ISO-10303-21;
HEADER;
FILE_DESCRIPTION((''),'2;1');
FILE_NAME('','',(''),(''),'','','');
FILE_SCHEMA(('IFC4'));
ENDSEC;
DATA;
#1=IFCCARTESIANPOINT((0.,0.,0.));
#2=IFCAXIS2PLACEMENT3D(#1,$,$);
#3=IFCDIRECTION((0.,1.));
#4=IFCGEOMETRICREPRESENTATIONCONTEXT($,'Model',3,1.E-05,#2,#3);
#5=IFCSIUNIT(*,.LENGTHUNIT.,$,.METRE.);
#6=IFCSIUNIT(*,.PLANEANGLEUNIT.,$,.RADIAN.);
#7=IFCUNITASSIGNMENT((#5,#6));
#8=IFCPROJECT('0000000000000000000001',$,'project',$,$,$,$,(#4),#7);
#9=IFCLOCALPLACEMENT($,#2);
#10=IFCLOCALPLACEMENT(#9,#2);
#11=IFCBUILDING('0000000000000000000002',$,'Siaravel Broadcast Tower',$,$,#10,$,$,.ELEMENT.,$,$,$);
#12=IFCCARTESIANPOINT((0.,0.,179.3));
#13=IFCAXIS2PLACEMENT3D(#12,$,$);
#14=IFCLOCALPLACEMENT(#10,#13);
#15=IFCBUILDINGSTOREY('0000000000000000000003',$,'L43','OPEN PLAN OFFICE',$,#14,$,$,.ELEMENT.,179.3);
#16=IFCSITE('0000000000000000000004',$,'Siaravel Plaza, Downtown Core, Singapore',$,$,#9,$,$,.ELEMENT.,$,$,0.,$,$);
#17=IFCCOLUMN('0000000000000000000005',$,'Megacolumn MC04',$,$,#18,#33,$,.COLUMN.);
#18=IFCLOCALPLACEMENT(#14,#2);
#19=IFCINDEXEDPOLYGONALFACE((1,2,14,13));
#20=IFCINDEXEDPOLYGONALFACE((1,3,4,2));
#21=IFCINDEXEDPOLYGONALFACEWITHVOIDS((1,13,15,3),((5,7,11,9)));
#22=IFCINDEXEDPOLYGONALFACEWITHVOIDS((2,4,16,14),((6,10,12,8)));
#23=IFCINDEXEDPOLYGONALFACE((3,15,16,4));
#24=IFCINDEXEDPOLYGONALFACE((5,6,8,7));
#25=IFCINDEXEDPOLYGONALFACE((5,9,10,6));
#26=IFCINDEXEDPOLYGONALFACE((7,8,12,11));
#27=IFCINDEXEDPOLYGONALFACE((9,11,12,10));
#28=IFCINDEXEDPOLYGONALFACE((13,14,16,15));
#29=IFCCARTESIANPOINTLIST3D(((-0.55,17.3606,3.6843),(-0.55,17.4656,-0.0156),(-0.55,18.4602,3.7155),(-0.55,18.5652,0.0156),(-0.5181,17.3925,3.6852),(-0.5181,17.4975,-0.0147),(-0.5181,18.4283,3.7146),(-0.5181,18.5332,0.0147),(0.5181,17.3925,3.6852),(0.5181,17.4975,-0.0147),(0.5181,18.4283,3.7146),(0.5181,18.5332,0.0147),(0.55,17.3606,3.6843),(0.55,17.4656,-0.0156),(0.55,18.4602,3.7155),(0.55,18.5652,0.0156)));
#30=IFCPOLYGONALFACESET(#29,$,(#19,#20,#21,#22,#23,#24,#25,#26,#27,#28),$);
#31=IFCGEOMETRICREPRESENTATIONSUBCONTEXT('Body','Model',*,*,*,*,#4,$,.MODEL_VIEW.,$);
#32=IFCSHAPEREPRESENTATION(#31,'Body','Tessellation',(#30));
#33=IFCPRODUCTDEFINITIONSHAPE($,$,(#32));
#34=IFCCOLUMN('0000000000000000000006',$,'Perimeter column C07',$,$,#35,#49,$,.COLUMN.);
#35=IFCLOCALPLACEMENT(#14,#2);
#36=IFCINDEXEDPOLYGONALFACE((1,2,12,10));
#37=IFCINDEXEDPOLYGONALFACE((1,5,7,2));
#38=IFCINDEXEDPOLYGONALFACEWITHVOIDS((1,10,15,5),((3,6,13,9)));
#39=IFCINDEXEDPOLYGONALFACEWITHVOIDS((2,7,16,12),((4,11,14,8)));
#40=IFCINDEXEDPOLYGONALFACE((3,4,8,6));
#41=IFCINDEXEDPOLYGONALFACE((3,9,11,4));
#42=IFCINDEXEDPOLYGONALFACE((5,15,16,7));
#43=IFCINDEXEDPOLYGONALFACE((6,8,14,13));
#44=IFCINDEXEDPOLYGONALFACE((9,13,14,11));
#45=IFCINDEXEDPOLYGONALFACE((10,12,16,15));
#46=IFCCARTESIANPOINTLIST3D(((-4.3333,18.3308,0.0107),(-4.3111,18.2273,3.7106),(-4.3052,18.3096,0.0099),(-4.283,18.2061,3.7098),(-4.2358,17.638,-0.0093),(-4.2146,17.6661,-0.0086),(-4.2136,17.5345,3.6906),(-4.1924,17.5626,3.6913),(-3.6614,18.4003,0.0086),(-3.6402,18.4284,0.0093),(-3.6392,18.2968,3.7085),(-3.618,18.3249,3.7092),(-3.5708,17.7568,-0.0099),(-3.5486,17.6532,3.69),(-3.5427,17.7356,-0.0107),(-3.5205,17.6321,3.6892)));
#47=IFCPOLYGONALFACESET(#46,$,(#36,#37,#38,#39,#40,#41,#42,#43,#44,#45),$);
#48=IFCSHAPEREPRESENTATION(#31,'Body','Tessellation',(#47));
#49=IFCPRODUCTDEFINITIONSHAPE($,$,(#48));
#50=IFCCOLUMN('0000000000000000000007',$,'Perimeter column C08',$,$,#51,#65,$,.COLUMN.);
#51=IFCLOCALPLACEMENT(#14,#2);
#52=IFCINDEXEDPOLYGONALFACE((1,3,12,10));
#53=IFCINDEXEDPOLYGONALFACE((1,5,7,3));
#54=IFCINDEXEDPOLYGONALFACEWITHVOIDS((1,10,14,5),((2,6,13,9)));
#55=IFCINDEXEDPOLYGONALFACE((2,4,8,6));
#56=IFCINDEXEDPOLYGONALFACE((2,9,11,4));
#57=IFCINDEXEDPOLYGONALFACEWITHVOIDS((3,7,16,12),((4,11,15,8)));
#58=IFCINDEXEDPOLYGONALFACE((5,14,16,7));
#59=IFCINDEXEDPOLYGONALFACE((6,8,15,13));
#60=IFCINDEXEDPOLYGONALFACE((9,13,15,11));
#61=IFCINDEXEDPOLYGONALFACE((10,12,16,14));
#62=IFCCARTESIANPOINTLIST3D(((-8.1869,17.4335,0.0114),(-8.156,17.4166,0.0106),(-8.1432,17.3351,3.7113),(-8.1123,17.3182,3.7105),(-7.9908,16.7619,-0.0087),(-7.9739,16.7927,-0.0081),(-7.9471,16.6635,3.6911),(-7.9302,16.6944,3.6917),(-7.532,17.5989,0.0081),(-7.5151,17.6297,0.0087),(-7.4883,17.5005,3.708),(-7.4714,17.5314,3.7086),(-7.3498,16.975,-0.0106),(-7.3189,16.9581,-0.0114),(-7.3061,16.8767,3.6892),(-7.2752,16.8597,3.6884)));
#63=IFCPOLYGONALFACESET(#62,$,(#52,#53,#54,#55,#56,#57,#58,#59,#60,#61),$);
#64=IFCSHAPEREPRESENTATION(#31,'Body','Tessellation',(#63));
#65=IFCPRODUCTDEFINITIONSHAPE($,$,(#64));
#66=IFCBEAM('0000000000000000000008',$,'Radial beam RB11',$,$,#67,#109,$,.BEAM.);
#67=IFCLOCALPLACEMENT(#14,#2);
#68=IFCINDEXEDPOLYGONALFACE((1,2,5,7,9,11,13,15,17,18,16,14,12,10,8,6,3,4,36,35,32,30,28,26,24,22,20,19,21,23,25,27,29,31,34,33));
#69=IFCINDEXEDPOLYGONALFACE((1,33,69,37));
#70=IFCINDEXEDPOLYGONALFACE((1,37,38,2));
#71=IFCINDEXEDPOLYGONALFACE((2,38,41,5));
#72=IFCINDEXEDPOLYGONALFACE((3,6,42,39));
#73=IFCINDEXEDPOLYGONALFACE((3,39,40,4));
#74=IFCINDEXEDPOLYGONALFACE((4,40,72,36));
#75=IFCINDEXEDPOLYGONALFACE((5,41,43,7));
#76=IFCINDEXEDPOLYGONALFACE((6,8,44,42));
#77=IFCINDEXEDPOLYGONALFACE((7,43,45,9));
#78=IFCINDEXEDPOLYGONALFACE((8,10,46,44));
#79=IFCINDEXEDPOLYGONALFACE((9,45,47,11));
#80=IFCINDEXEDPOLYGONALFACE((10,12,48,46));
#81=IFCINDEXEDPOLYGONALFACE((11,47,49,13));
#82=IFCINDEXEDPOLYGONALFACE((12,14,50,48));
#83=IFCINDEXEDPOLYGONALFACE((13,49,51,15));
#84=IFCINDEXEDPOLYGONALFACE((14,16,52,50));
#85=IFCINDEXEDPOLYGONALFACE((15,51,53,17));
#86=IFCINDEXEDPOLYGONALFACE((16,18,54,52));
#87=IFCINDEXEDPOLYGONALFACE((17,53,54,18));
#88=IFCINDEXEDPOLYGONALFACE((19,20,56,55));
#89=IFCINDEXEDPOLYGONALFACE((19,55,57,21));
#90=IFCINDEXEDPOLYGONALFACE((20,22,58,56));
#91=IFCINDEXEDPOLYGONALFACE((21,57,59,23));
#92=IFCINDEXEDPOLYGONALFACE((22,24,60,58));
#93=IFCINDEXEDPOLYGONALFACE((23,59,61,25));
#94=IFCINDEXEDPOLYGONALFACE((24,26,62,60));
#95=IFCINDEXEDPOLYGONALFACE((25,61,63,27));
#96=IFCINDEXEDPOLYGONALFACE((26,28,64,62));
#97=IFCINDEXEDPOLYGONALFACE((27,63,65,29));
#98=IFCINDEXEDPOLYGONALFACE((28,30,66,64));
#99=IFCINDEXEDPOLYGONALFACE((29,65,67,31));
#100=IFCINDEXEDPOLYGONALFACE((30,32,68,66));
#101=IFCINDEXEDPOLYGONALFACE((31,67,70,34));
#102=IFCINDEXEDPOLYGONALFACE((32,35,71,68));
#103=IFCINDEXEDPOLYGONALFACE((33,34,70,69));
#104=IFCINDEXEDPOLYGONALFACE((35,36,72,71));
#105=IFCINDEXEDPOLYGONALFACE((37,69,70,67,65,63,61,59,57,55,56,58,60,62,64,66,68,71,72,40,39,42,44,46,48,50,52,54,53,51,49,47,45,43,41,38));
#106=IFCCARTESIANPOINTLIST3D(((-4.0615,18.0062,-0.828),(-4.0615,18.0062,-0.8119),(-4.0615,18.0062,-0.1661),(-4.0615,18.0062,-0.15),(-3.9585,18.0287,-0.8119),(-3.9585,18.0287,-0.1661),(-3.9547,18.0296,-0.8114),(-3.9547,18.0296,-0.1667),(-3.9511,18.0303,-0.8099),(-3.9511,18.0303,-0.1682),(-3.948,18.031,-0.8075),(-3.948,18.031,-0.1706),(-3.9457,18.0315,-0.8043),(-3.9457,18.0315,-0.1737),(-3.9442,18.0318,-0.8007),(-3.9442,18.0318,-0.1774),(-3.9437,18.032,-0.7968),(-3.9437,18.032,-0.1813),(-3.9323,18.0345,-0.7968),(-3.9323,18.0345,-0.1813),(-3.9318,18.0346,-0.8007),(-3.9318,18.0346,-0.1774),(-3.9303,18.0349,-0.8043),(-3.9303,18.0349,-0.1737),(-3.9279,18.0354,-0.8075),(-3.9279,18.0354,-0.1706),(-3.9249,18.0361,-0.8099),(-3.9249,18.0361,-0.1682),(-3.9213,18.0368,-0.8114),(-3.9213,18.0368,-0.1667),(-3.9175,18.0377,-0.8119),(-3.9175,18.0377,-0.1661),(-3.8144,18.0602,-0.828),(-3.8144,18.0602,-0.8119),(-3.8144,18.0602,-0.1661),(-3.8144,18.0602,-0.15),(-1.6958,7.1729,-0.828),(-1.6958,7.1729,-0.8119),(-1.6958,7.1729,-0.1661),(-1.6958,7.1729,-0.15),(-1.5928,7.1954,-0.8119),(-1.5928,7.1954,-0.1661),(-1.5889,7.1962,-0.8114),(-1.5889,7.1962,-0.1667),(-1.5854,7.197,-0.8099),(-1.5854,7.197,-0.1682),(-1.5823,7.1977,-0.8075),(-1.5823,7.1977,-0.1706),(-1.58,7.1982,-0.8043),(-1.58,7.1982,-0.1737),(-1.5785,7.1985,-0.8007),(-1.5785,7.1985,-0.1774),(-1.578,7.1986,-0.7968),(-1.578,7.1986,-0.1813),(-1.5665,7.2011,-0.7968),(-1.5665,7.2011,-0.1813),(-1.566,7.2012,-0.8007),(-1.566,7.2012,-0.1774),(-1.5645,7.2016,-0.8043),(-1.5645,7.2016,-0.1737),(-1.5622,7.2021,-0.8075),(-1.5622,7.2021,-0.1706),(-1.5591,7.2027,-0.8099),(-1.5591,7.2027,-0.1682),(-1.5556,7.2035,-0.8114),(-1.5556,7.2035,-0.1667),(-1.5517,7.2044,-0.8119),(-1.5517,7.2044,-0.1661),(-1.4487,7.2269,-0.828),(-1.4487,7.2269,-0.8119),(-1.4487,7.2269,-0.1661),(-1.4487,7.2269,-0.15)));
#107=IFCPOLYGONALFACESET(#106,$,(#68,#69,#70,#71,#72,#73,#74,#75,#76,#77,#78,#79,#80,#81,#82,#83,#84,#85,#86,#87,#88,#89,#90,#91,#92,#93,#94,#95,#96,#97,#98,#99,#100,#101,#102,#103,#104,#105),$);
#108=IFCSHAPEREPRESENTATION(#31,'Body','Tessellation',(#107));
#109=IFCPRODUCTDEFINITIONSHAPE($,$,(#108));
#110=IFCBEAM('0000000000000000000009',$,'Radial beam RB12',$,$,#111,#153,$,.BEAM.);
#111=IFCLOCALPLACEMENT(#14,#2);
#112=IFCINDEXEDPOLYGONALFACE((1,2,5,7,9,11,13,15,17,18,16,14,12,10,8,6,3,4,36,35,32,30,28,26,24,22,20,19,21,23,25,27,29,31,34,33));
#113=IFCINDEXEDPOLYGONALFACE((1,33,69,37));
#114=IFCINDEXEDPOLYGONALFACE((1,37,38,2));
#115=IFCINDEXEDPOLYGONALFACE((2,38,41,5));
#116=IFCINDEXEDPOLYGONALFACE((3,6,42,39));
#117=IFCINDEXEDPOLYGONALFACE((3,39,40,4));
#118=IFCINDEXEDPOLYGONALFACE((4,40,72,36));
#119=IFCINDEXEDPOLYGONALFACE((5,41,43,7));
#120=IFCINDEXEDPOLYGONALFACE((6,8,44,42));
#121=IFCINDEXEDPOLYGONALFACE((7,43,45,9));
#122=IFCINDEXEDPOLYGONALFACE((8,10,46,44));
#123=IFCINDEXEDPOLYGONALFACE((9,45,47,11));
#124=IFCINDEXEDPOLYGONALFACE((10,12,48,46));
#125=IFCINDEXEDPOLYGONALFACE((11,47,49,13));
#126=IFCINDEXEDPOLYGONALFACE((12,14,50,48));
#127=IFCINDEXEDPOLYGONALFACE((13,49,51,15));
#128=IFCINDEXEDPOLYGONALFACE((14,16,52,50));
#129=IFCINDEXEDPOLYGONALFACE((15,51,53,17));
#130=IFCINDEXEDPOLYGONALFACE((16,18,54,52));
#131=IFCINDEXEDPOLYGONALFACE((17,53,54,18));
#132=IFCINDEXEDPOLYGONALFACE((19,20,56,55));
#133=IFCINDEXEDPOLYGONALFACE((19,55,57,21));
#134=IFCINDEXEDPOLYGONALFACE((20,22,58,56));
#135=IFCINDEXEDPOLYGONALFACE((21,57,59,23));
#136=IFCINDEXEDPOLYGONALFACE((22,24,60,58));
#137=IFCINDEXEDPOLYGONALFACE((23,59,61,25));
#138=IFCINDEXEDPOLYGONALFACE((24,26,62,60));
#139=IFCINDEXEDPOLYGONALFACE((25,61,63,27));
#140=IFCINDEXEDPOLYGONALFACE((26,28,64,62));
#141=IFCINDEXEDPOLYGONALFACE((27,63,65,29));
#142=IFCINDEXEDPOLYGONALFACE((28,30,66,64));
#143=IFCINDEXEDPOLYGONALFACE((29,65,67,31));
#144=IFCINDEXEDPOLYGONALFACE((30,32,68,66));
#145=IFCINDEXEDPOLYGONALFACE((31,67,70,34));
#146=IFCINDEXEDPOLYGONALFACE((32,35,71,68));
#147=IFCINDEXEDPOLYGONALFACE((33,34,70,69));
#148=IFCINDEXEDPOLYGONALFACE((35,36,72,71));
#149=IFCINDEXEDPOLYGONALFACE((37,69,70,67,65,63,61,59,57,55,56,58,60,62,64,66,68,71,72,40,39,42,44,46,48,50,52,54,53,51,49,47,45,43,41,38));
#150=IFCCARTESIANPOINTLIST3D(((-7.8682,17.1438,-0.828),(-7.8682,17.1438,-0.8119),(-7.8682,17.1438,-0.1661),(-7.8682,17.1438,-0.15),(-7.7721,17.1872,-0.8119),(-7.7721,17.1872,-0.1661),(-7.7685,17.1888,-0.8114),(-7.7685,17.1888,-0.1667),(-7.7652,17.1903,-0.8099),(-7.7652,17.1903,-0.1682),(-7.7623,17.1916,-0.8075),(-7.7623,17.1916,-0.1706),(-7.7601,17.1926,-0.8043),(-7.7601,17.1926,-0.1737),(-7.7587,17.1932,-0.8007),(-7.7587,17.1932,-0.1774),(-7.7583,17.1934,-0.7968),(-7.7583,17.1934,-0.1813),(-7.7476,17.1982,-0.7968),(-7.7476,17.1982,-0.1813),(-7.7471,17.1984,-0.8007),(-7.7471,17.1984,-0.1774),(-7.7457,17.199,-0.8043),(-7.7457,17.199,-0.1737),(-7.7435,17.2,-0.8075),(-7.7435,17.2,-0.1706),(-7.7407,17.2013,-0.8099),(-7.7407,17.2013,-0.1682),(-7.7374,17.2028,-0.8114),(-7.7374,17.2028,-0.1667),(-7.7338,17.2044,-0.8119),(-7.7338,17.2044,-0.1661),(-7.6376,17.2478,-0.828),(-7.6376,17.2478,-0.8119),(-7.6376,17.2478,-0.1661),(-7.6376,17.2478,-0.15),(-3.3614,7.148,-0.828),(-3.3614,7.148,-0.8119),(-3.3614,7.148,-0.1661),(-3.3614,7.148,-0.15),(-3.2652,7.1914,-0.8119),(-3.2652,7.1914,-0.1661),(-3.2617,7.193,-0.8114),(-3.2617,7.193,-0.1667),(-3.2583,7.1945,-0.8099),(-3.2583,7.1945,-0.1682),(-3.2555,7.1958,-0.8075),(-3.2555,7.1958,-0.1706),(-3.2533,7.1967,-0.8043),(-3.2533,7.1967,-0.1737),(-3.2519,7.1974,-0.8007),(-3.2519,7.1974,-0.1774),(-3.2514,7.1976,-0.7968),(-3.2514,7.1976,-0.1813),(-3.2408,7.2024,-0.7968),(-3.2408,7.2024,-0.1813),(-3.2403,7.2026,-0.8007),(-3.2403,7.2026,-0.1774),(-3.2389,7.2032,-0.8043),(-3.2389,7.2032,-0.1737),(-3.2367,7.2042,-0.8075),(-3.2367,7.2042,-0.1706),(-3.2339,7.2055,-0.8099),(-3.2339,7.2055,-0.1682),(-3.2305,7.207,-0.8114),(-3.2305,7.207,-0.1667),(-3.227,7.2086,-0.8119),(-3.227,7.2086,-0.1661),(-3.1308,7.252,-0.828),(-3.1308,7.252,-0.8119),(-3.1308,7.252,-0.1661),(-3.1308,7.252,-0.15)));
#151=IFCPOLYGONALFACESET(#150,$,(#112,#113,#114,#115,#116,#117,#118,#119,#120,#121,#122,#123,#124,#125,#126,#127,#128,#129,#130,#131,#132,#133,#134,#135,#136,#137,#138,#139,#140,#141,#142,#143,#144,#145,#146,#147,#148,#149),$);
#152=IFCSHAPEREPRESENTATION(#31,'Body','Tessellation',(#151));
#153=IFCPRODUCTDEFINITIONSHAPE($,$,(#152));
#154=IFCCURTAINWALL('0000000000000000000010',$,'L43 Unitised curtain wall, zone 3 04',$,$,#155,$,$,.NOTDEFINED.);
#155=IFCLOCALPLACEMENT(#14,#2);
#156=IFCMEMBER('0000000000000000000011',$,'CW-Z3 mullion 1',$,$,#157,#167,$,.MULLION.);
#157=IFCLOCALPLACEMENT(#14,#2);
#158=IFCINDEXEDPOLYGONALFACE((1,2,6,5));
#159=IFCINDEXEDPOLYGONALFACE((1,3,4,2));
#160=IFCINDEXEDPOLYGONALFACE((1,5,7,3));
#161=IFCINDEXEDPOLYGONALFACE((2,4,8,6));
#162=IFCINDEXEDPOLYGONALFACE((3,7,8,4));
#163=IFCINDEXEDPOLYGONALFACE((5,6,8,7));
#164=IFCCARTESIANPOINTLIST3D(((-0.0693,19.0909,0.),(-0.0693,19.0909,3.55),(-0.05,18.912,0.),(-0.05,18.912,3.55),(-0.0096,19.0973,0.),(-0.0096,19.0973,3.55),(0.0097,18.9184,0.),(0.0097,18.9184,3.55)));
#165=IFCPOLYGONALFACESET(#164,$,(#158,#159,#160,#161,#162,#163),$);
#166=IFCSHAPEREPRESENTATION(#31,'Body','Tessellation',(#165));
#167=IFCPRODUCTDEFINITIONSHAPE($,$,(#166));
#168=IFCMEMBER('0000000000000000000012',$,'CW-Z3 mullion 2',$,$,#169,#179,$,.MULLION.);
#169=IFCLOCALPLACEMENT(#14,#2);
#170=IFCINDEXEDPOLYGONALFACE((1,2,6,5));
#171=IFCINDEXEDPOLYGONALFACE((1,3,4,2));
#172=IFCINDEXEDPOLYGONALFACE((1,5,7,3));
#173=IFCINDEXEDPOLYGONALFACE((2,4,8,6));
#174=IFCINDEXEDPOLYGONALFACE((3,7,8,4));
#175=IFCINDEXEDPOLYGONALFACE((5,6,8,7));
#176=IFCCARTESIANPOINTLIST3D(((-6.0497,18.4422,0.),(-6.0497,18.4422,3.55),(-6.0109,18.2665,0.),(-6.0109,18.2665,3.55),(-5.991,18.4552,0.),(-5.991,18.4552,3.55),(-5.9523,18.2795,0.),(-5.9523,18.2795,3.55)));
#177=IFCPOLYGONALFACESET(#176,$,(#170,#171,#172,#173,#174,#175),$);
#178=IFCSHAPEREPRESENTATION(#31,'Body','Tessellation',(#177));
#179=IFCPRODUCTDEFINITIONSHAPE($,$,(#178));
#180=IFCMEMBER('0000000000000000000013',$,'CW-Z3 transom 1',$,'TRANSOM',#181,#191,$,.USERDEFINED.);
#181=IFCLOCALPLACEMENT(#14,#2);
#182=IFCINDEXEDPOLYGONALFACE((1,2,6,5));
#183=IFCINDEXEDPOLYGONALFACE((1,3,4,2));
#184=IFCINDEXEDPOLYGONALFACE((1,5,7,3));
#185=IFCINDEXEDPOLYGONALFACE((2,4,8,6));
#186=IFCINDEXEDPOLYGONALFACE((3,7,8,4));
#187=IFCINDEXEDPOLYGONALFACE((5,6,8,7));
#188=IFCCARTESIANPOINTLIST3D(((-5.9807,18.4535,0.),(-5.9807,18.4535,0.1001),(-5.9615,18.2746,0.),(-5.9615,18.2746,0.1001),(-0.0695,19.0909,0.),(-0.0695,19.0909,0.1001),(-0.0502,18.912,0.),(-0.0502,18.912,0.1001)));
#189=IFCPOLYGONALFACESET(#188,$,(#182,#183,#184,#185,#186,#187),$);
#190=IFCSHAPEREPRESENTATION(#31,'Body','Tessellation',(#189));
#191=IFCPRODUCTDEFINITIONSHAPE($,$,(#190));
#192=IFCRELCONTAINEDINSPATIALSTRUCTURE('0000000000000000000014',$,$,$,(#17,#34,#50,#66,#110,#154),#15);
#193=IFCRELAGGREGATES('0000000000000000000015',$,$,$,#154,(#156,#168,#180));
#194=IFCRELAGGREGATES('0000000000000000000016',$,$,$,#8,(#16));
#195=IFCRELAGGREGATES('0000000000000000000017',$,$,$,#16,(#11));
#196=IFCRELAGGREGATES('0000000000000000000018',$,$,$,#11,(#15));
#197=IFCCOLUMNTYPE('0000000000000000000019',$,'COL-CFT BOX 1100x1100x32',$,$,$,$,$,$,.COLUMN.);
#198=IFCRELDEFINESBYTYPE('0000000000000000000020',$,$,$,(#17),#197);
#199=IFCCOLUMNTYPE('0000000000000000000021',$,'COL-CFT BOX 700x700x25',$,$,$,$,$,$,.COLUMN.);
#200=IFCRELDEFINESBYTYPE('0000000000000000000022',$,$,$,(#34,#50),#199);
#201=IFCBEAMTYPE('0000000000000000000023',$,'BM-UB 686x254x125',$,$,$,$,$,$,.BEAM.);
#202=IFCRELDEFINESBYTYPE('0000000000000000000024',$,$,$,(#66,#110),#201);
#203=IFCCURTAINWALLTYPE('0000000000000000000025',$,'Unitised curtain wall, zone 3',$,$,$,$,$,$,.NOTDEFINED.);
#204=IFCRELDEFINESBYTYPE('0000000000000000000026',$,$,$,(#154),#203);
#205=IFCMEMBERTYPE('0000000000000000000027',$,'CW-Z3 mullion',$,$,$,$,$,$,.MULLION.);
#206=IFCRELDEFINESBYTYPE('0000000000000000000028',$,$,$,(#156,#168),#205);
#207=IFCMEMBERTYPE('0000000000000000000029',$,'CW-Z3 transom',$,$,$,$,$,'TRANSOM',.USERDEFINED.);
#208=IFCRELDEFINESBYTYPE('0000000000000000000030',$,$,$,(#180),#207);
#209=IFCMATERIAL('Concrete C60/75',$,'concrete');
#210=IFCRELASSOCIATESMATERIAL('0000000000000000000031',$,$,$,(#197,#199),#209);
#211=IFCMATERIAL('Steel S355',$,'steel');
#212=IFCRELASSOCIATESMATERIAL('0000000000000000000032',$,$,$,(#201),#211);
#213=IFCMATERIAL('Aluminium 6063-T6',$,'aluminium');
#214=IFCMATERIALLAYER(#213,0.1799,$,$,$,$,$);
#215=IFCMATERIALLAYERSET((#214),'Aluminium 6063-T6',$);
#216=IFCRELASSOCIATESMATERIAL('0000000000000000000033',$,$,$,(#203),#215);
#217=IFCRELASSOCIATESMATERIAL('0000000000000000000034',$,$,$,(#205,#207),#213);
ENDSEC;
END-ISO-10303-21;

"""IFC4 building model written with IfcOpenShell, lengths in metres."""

from ifc_helpers import new_model, si_unit, direction, frame, origin, origin_2d, place, context, subcontext, project, spatial, rectangle, hollow_rectangle, i_section, extrude, material, layer, layer_set, material_profile, profile_set, type_object, element, aggregate, save


model = new_model("IFC4")

# Units and contexts
model_context = context("Model", 3, precision=1e-05, world=origin(), true_north=direction((0.0, 1.0)))
body_context = subcontext(model_context, "Body", "Model", "MODEL_VIEW")
ifc_project = project(units=[si_unit("LENGTHUNIT", "METRE"), si_unit("PLANEANGLEUNIT", "RADIAN")], contexts=[model_context])

# Site, building, storey
site_placement = place(None, origin())
site = spatial("IfcSite", under=ifc_project, at=site_placement, Name="Siaravel Plaza, Downtown Core, Singapore", CompositionType="ELEMENT", RefElevation=0.0)
building_placement = place(site_placement, origin())
building = spatial("IfcBuilding", under=site, at=building_placement, Name="Siaravel Broadcast Tower", CompositionType="ELEMENT")
storey_placement = place(building_placement, frame((0.0, 0.0, 179.3)))
storey = spatial("IfcBuildingStorey", under=building, at=storey_placement, Name="L43", Description="OPEN PLAN OFFICE", CompositionType="ELEMENT", Elevation=179.3)

# Columns
ifc_material_1 = material(Name="Concrete C60/75", Category="concrete")
ifc_material_profile_1 = material_profile(ifc_material_1, hollow_rectangle(XDim=1.1001, YDim=1.1001, WallThickness=0.032, at=origin_2d()))
ifc_profile_set_1 = profile_set([ifc_material_profile_1], Name="Concrete C60/75")
column_type_1 = type_object("IfcColumnType", Name="COL-CFT BOX 1100x1100x32", PredefinedType="COLUMN", material=ifc_profile_set_1)
column_placement = place(storey_placement, frame((0.0, 18.0154, 0.0), z_axis=(0.0, -0.028362, 0.999598), x_axis=(1.0, 0.0, 0.0)))
element("IfcColumn", 1, at=column_placement, inside=storey, type_object=column_type_1, Name="Megacolumn MC04", PredefinedType="COLUMN", context=body_context, shape_type="SweptSolid", body=[
    extrude(hollow_rectangle(XDim=1.1001, YDim=1.1001, WallThickness=0.032, at=origin_2d()), origin(), (0.0, 0.0, 1.0), 3.7014),
])
ifc_material_profile_2 = material_profile(ifc_material_1, hollow_rectangle(XDim=0.7, YDim=0.7, WallThickness=0.0249, at=origin_2d()))
ifc_profile_set_2 = profile_set([ifc_material_profile_2], Name="Concrete C60/75")
column_type_2 = type_object("IfcColumnType", Name="COL-CFT BOX 700x700x25", PredefinedType="COLUMN", material=ifc_profile_set_2)
for number, where, z_axis, x_axis, name in (
    (2, (-3.938, 18.0332, 0.0), (0.006002, -0.027966, 0.999591), (0.99023, 0.13943, -0.002045), "Perimeter column C07"),
    (3, (-7.7529, 17.1958, 0.0), (0.011806, -0.026581, 0.999577), (0.959874, 0.280405, -0.003881), "Perimeter column C08"),
):
    element("IfcColumn", number, at=place(storey_placement, frame(where, z_axis=z_axis, x_axis=x_axis)), inside=storey, type_object=column_type_2, Name=name, PredefinedType="COLUMN", context=body_context, shape_type="SweptSolid", body=[
        extrude(hollow_rectangle(XDim=0.7, YDim=0.7, WallThickness=0.0249, at=origin_2d()), origin(), (0.0, 0.0, 1.0), 3.7014),
    ])

# Beams
ifc_material_2 = material(Name="Steel S355", Category="steel")
ifc_material_profile_3 = material_profile(ifc_material_2, i_section(OverallWidth=0.2529, OverallDepth=0.678, WebThickness=0.0117, FlangeThickness=0.0161, FilletRadius=0.0151, at=origin_2d()))
ifc_profile_set_3 = profile_set([ifc_material_profile_3], Name="Steel S355")
beam_type = type_object("IfcBeamType", Name="BM-UB 686x254x125", PredefinedType="BEAM", material=ifc_profile_set_3)
beam_1_placement = place(storey_placement, frame((-3.938, 18.0332, -0.489), z_axis=(0.213348, -0.976976, 0.0), x_axis=(0.976976, 0.213348, 0.0)))
element("IfcBeam", 4, at=beam_1_placement, inside=storey, type_object=beam_type, Name="Radial beam RB11", PredefinedType="BEAM", context=body_context, shape_type="SweptSolid", body=[
    extrude(i_section(OverallWidth=0.2529, OverallDepth=0.678, WebThickness=0.0117, FlangeThickness=0.0161, FilletRadius=0.0151, at=origin_2d()), origin(), (0.0, 0.0, 1.0), 11.0886),
])
beam_2_placement = place(storey_placement, frame((-7.7529, 17.1958, -0.489), z_axis=(0.411025, -0.911624, 0.0), x_axis=(0.911624, 0.411025, 0.0)))
element("IfcBeam", 5, at=beam_2_placement, inside=storey, type_object=beam_type, Name="Radial beam RB12", PredefinedType="BEAM", context=body_context, shape_type="SweptSolid", body=[
    extrude(i_section(OverallWidth=0.2529, OverallDepth=0.678, WebThickness=0.0117, FlangeThickness=0.0161, FilletRadius=0.0151, at=origin_2d()), origin(), (0.0, 0.0, 1.0), 10.9648),
])

# Curtain wall, members
ifc_material_3 = material(Name="Aluminium 6063-T6", Category="aluminium")
ifc_layer_1 = layer(ifc_material_3, 0.1799)
ifc_layer_set_1 = layer_set([ifc_layer_1], Name="Aluminium 6063-T6")
curtain_wall_type = type_object("IfcCurtainWallType", Name="Unitised curtain wall, zone 3", PredefinedType="NOTDEFINED", material=ifc_layer_set_1)
curtain_wall_placement = place(storey_placement, origin())
curtain_wall = element("IfcCurtainWall", 6, at=curtain_wall_placement, inside=storey, type_object=curtain_wall_type, Name="L43 Unitised curtain wall, zone 3 04", PredefinedType="NOTDEFINED")
ifc_material_profile_4 = material_profile(ifc_material_3, rectangle(XDim=0.1799, YDim=0.0601, at=origin_2d()))
ifc_profile_set_4 = profile_set([ifc_material_profile_4], Name="Aluminium 6063-T6")
member_type_1 = type_object("IfcMemberType", Name="CW-Z3 mullion", PredefinedType="MULLION", material=ifc_profile_set_4)
member_1_placement = place(storey_placement, frame((-0.0298, 19.0046, 0.0), z_axis=(0.0, 0.0, 1.0), x_axis=(0.107217, -0.994236, 0.0)))
member_1 = element("IfcMember", 7, at=member_1_placement, type_object=member_type_1, Name="CW-Z3 mullion 1", PredefinedType="MULLION", context=body_context, shape_type="SweptSolid", body=[
    extrude(rectangle(XDim=0.1799, YDim=0.0601, at=origin_2d()), origin(), (0.0, 0.0, 1.0), 3.55),
])
member_2_placement = place(storey_placement, frame((-6.001, 18.3608, 0.0), z_axis=(0.0, 0.0, 1.0), x_axis=(0.215558, -0.976491, 0.0)))
member_2 = element("IfcMember", 8, at=member_2_placement, type_object=member_type_1, Name="CW-Z3 mullion 2", PredefinedType="MULLION", context=body_context, shape_type="SweptSolid", body=[
    extrude(rectangle(XDim=0.1799, YDim=0.0601, at=origin_2d()), origin(), (0.0, 0.0, 1.0), 3.55),
])
ifc_material_profile_5 = material_profile(ifc_material_3, rectangle(XDim=0.1799, YDim=0.1001, at=origin_2d()))
ifc_profile_set_5 = profile_set([ifc_material_profile_5], Name="Aluminium 6063-T6")
member_type_2 = type_object("IfcMemberType", Name="CW-Z3 transom", ElementType="TRANSOM", PredefinedType="USERDEFINED", material=ifc_profile_set_5)
member_3_placement = place(storey_placement, frame((-0.0598, 19.0015, 0.05), z_axis=(-0.994236, -0.107213, 0.0), x_axis=(0.107213, -0.994236, 0.0)))
member_3 = element("IfcMember", 9, at=member_3_placement, type_object=member_type_2, Name="CW-Z3 transom 1", ObjectType="TRANSOM", PredefinedType="USERDEFINED", context=body_context, shape_type="SweptSolid", body=[
    extrude(rectangle(XDim=0.1799, YDim=0.1001, at=origin_2d()), origin(), (0.0, 0.0, 1.0), 5.9456),
])

aggregate(curtain_wall, [member_1, member_2, member_3])

save(model, "model.ifc")
